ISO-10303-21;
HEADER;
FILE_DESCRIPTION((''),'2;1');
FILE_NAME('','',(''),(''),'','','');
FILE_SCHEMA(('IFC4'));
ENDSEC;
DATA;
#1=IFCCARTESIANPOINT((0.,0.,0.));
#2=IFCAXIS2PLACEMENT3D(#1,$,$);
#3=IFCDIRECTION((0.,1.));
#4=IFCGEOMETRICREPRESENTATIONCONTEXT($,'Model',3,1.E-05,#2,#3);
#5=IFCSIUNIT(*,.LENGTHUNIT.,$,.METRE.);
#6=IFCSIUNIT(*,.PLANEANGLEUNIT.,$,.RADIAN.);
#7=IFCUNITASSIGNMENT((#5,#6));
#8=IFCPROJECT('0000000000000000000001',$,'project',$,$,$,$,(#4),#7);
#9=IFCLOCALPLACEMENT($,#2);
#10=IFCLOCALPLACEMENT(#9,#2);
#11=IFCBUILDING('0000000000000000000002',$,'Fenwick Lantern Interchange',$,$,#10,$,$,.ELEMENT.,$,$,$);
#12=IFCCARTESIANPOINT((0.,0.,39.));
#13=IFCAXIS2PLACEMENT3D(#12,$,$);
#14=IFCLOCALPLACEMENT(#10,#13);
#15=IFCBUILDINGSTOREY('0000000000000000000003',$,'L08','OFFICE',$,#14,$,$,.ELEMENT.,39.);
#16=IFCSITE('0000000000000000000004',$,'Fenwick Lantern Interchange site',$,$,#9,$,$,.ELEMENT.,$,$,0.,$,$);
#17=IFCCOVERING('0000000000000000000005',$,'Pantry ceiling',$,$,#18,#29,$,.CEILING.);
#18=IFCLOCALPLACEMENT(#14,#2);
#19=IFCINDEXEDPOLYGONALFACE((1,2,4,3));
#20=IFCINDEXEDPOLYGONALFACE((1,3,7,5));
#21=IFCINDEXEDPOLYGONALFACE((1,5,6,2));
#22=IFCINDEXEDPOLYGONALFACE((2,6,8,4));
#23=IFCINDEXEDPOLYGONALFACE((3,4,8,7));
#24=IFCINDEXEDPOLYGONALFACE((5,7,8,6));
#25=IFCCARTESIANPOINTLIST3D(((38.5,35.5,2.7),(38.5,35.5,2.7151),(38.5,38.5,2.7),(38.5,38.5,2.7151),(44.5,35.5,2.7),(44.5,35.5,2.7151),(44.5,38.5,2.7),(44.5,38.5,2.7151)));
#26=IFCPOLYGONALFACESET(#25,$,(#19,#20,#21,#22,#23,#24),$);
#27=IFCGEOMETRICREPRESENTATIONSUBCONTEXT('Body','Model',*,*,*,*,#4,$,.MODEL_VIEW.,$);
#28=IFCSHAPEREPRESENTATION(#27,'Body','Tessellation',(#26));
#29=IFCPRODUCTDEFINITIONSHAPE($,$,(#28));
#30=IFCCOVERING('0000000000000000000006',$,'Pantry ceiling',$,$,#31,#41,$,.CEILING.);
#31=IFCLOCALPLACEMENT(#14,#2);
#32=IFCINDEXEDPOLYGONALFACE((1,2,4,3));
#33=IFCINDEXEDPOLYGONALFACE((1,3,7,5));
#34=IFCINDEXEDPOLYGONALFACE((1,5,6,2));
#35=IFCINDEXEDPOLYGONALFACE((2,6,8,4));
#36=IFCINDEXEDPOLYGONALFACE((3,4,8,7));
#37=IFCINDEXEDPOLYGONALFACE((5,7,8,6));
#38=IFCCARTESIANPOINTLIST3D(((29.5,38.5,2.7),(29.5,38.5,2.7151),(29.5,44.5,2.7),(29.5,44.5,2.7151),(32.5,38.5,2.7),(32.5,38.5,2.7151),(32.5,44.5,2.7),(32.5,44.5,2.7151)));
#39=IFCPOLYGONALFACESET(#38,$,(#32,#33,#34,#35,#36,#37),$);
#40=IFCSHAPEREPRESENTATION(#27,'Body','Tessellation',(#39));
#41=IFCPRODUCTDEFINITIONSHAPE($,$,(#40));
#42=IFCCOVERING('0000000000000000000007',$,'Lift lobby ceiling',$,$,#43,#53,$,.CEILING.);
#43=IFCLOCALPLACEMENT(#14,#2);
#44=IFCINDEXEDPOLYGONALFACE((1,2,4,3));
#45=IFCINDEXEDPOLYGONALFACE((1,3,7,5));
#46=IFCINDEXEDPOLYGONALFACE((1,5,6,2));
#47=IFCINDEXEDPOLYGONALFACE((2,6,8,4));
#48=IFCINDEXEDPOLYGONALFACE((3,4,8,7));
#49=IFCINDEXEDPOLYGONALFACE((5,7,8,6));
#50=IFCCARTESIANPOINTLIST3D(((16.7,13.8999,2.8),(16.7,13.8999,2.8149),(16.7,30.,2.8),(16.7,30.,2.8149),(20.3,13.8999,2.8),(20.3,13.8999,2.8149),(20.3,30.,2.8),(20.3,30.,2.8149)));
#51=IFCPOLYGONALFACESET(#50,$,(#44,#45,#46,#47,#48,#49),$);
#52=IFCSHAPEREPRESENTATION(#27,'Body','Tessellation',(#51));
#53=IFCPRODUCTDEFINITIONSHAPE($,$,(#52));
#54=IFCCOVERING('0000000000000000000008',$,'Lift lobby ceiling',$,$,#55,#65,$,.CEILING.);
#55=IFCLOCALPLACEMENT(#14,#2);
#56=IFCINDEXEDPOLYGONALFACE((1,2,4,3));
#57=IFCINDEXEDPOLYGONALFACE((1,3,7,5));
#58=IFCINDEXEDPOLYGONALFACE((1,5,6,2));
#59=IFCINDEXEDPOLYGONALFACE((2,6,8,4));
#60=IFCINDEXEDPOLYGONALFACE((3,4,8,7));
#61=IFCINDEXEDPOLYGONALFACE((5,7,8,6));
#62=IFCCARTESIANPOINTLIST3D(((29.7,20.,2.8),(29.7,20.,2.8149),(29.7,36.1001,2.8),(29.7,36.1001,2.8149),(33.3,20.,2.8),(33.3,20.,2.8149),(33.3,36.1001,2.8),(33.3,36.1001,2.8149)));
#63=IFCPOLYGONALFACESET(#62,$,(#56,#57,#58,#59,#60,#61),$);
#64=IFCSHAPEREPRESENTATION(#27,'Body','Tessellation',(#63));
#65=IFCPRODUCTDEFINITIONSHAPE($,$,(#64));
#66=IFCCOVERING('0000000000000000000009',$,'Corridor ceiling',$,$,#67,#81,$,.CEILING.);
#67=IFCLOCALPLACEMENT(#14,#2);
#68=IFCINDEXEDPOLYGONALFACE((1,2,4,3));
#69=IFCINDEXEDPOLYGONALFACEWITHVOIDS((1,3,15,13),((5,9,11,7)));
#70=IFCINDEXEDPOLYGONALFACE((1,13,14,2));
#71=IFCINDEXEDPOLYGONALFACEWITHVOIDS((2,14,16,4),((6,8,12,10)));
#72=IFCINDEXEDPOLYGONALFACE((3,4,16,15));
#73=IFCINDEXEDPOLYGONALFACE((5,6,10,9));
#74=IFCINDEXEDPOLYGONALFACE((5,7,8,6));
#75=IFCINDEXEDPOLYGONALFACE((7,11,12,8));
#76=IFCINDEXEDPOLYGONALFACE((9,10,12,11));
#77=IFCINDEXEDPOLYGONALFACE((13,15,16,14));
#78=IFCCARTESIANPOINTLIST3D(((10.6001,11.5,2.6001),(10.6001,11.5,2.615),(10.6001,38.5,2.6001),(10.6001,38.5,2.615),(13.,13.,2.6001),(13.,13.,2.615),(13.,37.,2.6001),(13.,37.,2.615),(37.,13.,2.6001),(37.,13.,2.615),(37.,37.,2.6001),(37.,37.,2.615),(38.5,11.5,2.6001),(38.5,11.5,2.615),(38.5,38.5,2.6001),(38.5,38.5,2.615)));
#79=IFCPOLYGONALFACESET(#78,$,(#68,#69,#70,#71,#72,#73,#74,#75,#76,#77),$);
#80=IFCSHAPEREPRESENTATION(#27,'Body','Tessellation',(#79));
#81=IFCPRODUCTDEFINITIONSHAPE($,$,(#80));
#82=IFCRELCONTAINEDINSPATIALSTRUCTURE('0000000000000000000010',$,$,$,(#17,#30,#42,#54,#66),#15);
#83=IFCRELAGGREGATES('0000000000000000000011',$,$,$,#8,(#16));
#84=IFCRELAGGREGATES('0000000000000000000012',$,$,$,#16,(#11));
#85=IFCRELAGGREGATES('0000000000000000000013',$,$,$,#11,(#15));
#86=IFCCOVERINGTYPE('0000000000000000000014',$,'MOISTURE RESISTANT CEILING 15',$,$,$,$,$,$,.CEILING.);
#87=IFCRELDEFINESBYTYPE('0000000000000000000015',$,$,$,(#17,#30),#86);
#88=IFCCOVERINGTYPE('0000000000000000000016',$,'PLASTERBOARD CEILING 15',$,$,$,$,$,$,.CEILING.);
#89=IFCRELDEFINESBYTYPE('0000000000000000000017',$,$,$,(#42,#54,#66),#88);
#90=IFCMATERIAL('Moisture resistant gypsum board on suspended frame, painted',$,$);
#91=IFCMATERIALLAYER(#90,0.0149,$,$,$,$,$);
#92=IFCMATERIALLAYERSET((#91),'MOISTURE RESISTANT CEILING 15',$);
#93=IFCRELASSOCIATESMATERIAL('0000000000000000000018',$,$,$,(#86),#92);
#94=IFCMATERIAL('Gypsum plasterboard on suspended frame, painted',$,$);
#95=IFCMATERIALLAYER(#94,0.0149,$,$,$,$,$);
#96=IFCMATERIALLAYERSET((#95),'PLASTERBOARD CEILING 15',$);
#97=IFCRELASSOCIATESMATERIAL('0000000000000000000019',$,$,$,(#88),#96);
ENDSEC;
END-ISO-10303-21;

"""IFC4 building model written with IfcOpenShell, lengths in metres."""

from ifc_helpers import new_model, si_unit, direction, frame, origin, place, context, subcontext, project, spatial, polyline, outline, extrude, material, layer, layer_set, type_object, element, save


model = new_model("IFC4")

# Units and contexts
model_context = context("Model", 3, precision=1e-05, world=origin(), true_north=direction((0.0, 1.0)))
body_context = subcontext(model_context, "Body", "Model", "MODEL_VIEW")
ifc_project = project(units=[si_unit("LENGTHUNIT", "METRE"), si_unit("PLANEANGLEUNIT", "RADIAN")], contexts=[model_context])

# Site, building, storey
site_placement = place(None, origin())
site = spatial("IfcSite", under=ifc_project, at=site_placement, Name="Fenwick Lantern Interchange site", CompositionType="ELEMENT", RefElevation=0.0)
building_placement = place(site_placement, origin())
building = spatial("IfcBuilding", under=site, at=building_placement, Name="Fenwick Lantern Interchange", CompositionType="ELEMENT")
storey_placement = place(building_placement, frame((0.0, 0.0, 39.0)))
storey = spatial("IfcBuildingStorey", under=building, at=storey_placement, Name="L08", Description="OFFICE", CompositionType="ELEMENT", Elevation=39.0)

# Coverings
ifc_material_1 = material(Name="Moisture resistant gypsum board on suspended frame, painted")
ifc_layer_1 = layer(ifc_material_1, 0.0149)
ifc_layer_set_1 = layer_set([ifc_layer_1], Name="MOISTURE RESISTANT CEILING 15")
covering_type_1 = type_object("IfcCoveringType", Name="MOISTURE RESISTANT CEILING 15", PredefinedType="CEILING", material=ifc_layer_set_1)
covering_1_placement = place(storey_placement, frame((0.0, 0.0, 2.7)))
element("IfcCovering", 1, at=covering_1_placement, inside=storey, type_object=covering_type_1, Name="Pantry ceiling", PredefinedType="CEILING", context=body_context, shape_type="SweptSolid", body=[
    extrude(outline(polyline([(44.5, 35.5), (44.5, 38.5), (38.5, 38.5), (38.5, 35.5), (44.5, 35.5)])), origin(), (0.0, 0.0, 1.0), 0.0151),
])
covering_2_placement = place(storey_placement, frame((0.0, 0.0, 2.7)))
element("IfcCovering", 2, at=covering_2_placement, inside=storey, type_object=covering_type_1, Name="Pantry ceiling", PredefinedType="CEILING", context=body_context, shape_type="SweptSolid", body=[
    extrude(outline(polyline([(32.5, 44.5), (29.5, 44.5), (29.5, 38.5), (32.5, 38.5), (32.5, 44.5)])), origin(), (0.0, 0.0, 1.0), 0.0151),
])
ifc_material_2 = material(Name="Gypsum plasterboard on suspended frame, painted")
ifc_layer_2 = layer(ifc_material_2, 0.0149)
ifc_layer_set_2 = layer_set([ifc_layer_2], Name="PLASTERBOARD CEILING 15")
covering_type_2 = type_object("IfcCoveringType", Name="PLASTERBOARD CEILING 15", PredefinedType="CEILING", material=ifc_layer_set_2)
covering_3_placement = place(storey_placement, frame((0.0, 0.0, 2.8)))
element("IfcCovering", 3, at=covering_3_placement, inside=storey, type_object=covering_type_2, Name="Lift lobby ceiling", PredefinedType="CEILING", context=body_context, shape_type="SweptSolid", body=[
    extrude(outline(polyline([(16.7, 13.8999), (20.3, 13.8999), (20.3, 30.0), (16.7, 30.0), (16.7, 13.8999)])), origin(), (0.0, 0.0, 1.0), 0.0149),
])
covering_4_placement = place(storey_placement, frame((0.0, 0.0, 2.8)))
element("IfcCovering", 4, at=covering_4_placement, inside=storey, type_object=covering_type_2, Name="Lift lobby ceiling", PredefinedType="CEILING", context=body_context, shape_type="SweptSolid", body=[
    extrude(outline(polyline([(33.3, 36.1001), (29.7, 36.1001), (29.7, 20.0), (33.3, 20.0), (33.3, 36.1001)])), origin(), (0.0, 0.0, 1.0), 0.0149),
])
covering_5_placement = place(storey_placement, frame((0.0, 0.0, 2.6001)))
element("IfcCovering", 5, at=covering_5_placement, inside=storey, type_object=covering_type_2, Name="Corridor ceiling", PredefinedType="CEILING", context=body_context, shape_type="SweptSolid", body=[
    extrude(outline(polyline([(10.6001, 11.5), (38.5, 11.5), (38.5, 38.5), (10.6001, 38.5), (10.6001, 11.5)]), holes=[polyline([(37.0, 37.0), (37.0, 13.0), (13.0, 13.0), (13.0, 37.0), (37.0, 37.0)])]), origin(), (0.0, 0.0, 1.0), 0.0149),
])

save(model, "model.ifc")
